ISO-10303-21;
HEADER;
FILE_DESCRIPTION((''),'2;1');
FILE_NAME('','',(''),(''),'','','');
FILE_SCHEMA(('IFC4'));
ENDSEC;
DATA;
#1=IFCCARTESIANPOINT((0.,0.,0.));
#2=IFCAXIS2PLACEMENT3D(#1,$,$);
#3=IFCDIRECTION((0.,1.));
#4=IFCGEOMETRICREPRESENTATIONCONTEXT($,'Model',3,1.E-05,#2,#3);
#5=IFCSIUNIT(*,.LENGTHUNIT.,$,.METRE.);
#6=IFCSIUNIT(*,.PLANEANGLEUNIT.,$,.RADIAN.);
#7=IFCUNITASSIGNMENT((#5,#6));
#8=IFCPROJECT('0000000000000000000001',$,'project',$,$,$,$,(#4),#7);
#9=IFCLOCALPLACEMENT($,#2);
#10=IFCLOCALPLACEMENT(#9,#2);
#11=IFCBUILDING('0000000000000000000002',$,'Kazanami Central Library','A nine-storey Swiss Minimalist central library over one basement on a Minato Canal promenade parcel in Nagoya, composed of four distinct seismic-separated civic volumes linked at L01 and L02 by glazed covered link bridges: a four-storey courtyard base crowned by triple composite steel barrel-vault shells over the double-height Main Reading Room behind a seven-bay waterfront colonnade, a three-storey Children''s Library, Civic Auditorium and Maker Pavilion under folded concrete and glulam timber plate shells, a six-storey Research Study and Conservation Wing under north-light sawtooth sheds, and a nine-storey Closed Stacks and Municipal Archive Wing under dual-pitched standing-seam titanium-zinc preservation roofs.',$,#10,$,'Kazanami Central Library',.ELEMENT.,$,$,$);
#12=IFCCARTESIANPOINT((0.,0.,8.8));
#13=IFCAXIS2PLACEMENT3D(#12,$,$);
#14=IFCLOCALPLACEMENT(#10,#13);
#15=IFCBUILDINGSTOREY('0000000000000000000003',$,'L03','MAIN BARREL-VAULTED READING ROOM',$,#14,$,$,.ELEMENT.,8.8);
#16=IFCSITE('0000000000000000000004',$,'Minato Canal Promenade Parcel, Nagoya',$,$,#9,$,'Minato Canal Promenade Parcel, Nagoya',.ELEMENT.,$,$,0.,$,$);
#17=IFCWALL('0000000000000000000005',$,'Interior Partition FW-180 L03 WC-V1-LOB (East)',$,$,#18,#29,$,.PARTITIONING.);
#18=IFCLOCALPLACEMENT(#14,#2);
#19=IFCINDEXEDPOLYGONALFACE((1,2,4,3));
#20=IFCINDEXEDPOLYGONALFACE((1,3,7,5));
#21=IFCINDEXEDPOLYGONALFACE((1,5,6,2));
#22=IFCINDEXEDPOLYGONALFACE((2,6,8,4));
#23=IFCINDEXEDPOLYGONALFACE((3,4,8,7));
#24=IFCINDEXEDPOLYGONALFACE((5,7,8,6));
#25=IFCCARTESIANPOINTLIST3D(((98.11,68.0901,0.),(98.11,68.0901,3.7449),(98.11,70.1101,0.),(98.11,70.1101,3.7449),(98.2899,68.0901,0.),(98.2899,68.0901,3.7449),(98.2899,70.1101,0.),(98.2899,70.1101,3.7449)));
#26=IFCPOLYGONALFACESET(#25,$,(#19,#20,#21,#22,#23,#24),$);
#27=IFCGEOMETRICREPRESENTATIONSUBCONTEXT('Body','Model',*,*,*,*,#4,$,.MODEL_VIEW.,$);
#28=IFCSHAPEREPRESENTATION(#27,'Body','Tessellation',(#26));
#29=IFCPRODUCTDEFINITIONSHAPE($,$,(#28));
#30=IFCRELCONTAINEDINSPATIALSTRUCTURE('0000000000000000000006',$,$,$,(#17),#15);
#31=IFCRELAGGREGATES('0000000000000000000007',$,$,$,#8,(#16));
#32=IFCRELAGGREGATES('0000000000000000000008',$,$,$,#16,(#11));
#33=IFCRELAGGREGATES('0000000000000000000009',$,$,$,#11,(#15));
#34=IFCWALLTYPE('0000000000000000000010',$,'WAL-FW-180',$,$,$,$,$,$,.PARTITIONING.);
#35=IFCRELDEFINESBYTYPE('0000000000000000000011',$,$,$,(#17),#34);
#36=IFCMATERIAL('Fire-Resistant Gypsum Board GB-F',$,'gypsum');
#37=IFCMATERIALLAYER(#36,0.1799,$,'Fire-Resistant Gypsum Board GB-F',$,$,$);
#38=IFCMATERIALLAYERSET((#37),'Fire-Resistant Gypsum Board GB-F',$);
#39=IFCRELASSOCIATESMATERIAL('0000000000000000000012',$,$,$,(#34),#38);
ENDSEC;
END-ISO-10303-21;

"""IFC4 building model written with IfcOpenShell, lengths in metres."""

from ifc_helpers import new_model, si_unit, direction, frame, frame_2d, origin, place, context, subcontext, project, spatial, rectangle, extrude, material, layer, layer_set, type_object, element, save


model = new_model("IFC4")

# Units and contexts
model_context = context("Model", 3, precision=1e-05, world=origin(), true_north=direction((0.0, 1.0)))
body_context = subcontext(model_context, "Body", "Model", "MODEL_VIEW")
ifc_project = project(units=[si_unit("LENGTHUNIT", "METRE"), si_unit("PLANEANGLEUNIT", "RADIAN")], contexts=[model_context])

# Site, building, storey
site_placement = place(None, origin())
site = spatial("IfcSite", under=ifc_project, at=site_placement, Name="Minato Canal Promenade Parcel, Nagoya", LongName="Minato Canal Promenade Parcel, Nagoya", CompositionType="ELEMENT", RefElevation=0.0)
building_placement = place(site_placement, origin())
building = spatial("IfcBuilding", under=site, at=building_placement, Name="Kazanami Central Library", Description="A nine-storey Swiss Minimalist central library over one basement on a Minato Canal promenade parcel in Nagoya, composed of four distinct seismic-separated civic volumes linked at L01 and L02 by glazed covered link bridges: a four-storey courtyard base crowned by triple composite steel barrel-vault shells over the double-height Main Reading Room behind a seven-bay waterfront colonnade, a three-storey Children's Library, Civic Auditorium and Maker Pavilion under folded concrete and glulam timber plate shells, a six-storey Research Study and Conservation Wing under north-light sawtooth sheds, and a nine-storey Closed Stacks and Municipal Archive Wing under dual-pitched standing-seam titanium-zinc preservation roofs.", LongName="Kazanami Central Library", CompositionType="ELEMENT")
storey_placement = place(building_placement, frame((0.0, 0.0, 8.8)))
storey = spatial("IfcBuildingStorey", under=building, at=storey_placement, Name="L03", Description="MAIN BARREL-VAULTED READING ROOM", CompositionType="ELEMENT", Elevation=8.8)

# Shared definitions
ifc_material_1 = material(Name="Fire-Resistant Gypsum Board GB-F", Category="gypsum")

# Shared definitions
ifc_layer_1 = layer(ifc_material_1, 0.1799, Name="Fire-Resistant Gypsum Board GB-F")
ifc_layer_set_1 = layer_set([ifc_layer_1], Name="Fire-Resistant Gypsum Board GB-F")
wall_type_1 = type_object("IfcWallType", Name="WAL-FW-180", PredefinedType="PARTITIONING", material=ifc_layer_set_1)

# Wall
for number, where, z_axis, x_axis, name in (
    (1, (98.2, 68.0901, 0.0), (0.0, 0.0, 1.0), (0.0, 1.0, 0.0), "Interior Partition FW-180 L03 WC-V1-LOB (East)"),
):
    element("IfcWall", number, at=place(storey_placement, frame(where, z_axis=z_axis, x_axis=x_axis)), inside=storey, type_object=wall_type_1, Name=name, PredefinedType="PARTITIONING", context=body_context, shape_type="SweptSolid", body=[
        extrude(rectangle(XDim=2.02, YDim=0.1799, at=frame_2d((1.01, 0.0))), origin(), (0.0, 0.0, 1.0), 3.7449),
    ])

save(model, "model.ifc")
